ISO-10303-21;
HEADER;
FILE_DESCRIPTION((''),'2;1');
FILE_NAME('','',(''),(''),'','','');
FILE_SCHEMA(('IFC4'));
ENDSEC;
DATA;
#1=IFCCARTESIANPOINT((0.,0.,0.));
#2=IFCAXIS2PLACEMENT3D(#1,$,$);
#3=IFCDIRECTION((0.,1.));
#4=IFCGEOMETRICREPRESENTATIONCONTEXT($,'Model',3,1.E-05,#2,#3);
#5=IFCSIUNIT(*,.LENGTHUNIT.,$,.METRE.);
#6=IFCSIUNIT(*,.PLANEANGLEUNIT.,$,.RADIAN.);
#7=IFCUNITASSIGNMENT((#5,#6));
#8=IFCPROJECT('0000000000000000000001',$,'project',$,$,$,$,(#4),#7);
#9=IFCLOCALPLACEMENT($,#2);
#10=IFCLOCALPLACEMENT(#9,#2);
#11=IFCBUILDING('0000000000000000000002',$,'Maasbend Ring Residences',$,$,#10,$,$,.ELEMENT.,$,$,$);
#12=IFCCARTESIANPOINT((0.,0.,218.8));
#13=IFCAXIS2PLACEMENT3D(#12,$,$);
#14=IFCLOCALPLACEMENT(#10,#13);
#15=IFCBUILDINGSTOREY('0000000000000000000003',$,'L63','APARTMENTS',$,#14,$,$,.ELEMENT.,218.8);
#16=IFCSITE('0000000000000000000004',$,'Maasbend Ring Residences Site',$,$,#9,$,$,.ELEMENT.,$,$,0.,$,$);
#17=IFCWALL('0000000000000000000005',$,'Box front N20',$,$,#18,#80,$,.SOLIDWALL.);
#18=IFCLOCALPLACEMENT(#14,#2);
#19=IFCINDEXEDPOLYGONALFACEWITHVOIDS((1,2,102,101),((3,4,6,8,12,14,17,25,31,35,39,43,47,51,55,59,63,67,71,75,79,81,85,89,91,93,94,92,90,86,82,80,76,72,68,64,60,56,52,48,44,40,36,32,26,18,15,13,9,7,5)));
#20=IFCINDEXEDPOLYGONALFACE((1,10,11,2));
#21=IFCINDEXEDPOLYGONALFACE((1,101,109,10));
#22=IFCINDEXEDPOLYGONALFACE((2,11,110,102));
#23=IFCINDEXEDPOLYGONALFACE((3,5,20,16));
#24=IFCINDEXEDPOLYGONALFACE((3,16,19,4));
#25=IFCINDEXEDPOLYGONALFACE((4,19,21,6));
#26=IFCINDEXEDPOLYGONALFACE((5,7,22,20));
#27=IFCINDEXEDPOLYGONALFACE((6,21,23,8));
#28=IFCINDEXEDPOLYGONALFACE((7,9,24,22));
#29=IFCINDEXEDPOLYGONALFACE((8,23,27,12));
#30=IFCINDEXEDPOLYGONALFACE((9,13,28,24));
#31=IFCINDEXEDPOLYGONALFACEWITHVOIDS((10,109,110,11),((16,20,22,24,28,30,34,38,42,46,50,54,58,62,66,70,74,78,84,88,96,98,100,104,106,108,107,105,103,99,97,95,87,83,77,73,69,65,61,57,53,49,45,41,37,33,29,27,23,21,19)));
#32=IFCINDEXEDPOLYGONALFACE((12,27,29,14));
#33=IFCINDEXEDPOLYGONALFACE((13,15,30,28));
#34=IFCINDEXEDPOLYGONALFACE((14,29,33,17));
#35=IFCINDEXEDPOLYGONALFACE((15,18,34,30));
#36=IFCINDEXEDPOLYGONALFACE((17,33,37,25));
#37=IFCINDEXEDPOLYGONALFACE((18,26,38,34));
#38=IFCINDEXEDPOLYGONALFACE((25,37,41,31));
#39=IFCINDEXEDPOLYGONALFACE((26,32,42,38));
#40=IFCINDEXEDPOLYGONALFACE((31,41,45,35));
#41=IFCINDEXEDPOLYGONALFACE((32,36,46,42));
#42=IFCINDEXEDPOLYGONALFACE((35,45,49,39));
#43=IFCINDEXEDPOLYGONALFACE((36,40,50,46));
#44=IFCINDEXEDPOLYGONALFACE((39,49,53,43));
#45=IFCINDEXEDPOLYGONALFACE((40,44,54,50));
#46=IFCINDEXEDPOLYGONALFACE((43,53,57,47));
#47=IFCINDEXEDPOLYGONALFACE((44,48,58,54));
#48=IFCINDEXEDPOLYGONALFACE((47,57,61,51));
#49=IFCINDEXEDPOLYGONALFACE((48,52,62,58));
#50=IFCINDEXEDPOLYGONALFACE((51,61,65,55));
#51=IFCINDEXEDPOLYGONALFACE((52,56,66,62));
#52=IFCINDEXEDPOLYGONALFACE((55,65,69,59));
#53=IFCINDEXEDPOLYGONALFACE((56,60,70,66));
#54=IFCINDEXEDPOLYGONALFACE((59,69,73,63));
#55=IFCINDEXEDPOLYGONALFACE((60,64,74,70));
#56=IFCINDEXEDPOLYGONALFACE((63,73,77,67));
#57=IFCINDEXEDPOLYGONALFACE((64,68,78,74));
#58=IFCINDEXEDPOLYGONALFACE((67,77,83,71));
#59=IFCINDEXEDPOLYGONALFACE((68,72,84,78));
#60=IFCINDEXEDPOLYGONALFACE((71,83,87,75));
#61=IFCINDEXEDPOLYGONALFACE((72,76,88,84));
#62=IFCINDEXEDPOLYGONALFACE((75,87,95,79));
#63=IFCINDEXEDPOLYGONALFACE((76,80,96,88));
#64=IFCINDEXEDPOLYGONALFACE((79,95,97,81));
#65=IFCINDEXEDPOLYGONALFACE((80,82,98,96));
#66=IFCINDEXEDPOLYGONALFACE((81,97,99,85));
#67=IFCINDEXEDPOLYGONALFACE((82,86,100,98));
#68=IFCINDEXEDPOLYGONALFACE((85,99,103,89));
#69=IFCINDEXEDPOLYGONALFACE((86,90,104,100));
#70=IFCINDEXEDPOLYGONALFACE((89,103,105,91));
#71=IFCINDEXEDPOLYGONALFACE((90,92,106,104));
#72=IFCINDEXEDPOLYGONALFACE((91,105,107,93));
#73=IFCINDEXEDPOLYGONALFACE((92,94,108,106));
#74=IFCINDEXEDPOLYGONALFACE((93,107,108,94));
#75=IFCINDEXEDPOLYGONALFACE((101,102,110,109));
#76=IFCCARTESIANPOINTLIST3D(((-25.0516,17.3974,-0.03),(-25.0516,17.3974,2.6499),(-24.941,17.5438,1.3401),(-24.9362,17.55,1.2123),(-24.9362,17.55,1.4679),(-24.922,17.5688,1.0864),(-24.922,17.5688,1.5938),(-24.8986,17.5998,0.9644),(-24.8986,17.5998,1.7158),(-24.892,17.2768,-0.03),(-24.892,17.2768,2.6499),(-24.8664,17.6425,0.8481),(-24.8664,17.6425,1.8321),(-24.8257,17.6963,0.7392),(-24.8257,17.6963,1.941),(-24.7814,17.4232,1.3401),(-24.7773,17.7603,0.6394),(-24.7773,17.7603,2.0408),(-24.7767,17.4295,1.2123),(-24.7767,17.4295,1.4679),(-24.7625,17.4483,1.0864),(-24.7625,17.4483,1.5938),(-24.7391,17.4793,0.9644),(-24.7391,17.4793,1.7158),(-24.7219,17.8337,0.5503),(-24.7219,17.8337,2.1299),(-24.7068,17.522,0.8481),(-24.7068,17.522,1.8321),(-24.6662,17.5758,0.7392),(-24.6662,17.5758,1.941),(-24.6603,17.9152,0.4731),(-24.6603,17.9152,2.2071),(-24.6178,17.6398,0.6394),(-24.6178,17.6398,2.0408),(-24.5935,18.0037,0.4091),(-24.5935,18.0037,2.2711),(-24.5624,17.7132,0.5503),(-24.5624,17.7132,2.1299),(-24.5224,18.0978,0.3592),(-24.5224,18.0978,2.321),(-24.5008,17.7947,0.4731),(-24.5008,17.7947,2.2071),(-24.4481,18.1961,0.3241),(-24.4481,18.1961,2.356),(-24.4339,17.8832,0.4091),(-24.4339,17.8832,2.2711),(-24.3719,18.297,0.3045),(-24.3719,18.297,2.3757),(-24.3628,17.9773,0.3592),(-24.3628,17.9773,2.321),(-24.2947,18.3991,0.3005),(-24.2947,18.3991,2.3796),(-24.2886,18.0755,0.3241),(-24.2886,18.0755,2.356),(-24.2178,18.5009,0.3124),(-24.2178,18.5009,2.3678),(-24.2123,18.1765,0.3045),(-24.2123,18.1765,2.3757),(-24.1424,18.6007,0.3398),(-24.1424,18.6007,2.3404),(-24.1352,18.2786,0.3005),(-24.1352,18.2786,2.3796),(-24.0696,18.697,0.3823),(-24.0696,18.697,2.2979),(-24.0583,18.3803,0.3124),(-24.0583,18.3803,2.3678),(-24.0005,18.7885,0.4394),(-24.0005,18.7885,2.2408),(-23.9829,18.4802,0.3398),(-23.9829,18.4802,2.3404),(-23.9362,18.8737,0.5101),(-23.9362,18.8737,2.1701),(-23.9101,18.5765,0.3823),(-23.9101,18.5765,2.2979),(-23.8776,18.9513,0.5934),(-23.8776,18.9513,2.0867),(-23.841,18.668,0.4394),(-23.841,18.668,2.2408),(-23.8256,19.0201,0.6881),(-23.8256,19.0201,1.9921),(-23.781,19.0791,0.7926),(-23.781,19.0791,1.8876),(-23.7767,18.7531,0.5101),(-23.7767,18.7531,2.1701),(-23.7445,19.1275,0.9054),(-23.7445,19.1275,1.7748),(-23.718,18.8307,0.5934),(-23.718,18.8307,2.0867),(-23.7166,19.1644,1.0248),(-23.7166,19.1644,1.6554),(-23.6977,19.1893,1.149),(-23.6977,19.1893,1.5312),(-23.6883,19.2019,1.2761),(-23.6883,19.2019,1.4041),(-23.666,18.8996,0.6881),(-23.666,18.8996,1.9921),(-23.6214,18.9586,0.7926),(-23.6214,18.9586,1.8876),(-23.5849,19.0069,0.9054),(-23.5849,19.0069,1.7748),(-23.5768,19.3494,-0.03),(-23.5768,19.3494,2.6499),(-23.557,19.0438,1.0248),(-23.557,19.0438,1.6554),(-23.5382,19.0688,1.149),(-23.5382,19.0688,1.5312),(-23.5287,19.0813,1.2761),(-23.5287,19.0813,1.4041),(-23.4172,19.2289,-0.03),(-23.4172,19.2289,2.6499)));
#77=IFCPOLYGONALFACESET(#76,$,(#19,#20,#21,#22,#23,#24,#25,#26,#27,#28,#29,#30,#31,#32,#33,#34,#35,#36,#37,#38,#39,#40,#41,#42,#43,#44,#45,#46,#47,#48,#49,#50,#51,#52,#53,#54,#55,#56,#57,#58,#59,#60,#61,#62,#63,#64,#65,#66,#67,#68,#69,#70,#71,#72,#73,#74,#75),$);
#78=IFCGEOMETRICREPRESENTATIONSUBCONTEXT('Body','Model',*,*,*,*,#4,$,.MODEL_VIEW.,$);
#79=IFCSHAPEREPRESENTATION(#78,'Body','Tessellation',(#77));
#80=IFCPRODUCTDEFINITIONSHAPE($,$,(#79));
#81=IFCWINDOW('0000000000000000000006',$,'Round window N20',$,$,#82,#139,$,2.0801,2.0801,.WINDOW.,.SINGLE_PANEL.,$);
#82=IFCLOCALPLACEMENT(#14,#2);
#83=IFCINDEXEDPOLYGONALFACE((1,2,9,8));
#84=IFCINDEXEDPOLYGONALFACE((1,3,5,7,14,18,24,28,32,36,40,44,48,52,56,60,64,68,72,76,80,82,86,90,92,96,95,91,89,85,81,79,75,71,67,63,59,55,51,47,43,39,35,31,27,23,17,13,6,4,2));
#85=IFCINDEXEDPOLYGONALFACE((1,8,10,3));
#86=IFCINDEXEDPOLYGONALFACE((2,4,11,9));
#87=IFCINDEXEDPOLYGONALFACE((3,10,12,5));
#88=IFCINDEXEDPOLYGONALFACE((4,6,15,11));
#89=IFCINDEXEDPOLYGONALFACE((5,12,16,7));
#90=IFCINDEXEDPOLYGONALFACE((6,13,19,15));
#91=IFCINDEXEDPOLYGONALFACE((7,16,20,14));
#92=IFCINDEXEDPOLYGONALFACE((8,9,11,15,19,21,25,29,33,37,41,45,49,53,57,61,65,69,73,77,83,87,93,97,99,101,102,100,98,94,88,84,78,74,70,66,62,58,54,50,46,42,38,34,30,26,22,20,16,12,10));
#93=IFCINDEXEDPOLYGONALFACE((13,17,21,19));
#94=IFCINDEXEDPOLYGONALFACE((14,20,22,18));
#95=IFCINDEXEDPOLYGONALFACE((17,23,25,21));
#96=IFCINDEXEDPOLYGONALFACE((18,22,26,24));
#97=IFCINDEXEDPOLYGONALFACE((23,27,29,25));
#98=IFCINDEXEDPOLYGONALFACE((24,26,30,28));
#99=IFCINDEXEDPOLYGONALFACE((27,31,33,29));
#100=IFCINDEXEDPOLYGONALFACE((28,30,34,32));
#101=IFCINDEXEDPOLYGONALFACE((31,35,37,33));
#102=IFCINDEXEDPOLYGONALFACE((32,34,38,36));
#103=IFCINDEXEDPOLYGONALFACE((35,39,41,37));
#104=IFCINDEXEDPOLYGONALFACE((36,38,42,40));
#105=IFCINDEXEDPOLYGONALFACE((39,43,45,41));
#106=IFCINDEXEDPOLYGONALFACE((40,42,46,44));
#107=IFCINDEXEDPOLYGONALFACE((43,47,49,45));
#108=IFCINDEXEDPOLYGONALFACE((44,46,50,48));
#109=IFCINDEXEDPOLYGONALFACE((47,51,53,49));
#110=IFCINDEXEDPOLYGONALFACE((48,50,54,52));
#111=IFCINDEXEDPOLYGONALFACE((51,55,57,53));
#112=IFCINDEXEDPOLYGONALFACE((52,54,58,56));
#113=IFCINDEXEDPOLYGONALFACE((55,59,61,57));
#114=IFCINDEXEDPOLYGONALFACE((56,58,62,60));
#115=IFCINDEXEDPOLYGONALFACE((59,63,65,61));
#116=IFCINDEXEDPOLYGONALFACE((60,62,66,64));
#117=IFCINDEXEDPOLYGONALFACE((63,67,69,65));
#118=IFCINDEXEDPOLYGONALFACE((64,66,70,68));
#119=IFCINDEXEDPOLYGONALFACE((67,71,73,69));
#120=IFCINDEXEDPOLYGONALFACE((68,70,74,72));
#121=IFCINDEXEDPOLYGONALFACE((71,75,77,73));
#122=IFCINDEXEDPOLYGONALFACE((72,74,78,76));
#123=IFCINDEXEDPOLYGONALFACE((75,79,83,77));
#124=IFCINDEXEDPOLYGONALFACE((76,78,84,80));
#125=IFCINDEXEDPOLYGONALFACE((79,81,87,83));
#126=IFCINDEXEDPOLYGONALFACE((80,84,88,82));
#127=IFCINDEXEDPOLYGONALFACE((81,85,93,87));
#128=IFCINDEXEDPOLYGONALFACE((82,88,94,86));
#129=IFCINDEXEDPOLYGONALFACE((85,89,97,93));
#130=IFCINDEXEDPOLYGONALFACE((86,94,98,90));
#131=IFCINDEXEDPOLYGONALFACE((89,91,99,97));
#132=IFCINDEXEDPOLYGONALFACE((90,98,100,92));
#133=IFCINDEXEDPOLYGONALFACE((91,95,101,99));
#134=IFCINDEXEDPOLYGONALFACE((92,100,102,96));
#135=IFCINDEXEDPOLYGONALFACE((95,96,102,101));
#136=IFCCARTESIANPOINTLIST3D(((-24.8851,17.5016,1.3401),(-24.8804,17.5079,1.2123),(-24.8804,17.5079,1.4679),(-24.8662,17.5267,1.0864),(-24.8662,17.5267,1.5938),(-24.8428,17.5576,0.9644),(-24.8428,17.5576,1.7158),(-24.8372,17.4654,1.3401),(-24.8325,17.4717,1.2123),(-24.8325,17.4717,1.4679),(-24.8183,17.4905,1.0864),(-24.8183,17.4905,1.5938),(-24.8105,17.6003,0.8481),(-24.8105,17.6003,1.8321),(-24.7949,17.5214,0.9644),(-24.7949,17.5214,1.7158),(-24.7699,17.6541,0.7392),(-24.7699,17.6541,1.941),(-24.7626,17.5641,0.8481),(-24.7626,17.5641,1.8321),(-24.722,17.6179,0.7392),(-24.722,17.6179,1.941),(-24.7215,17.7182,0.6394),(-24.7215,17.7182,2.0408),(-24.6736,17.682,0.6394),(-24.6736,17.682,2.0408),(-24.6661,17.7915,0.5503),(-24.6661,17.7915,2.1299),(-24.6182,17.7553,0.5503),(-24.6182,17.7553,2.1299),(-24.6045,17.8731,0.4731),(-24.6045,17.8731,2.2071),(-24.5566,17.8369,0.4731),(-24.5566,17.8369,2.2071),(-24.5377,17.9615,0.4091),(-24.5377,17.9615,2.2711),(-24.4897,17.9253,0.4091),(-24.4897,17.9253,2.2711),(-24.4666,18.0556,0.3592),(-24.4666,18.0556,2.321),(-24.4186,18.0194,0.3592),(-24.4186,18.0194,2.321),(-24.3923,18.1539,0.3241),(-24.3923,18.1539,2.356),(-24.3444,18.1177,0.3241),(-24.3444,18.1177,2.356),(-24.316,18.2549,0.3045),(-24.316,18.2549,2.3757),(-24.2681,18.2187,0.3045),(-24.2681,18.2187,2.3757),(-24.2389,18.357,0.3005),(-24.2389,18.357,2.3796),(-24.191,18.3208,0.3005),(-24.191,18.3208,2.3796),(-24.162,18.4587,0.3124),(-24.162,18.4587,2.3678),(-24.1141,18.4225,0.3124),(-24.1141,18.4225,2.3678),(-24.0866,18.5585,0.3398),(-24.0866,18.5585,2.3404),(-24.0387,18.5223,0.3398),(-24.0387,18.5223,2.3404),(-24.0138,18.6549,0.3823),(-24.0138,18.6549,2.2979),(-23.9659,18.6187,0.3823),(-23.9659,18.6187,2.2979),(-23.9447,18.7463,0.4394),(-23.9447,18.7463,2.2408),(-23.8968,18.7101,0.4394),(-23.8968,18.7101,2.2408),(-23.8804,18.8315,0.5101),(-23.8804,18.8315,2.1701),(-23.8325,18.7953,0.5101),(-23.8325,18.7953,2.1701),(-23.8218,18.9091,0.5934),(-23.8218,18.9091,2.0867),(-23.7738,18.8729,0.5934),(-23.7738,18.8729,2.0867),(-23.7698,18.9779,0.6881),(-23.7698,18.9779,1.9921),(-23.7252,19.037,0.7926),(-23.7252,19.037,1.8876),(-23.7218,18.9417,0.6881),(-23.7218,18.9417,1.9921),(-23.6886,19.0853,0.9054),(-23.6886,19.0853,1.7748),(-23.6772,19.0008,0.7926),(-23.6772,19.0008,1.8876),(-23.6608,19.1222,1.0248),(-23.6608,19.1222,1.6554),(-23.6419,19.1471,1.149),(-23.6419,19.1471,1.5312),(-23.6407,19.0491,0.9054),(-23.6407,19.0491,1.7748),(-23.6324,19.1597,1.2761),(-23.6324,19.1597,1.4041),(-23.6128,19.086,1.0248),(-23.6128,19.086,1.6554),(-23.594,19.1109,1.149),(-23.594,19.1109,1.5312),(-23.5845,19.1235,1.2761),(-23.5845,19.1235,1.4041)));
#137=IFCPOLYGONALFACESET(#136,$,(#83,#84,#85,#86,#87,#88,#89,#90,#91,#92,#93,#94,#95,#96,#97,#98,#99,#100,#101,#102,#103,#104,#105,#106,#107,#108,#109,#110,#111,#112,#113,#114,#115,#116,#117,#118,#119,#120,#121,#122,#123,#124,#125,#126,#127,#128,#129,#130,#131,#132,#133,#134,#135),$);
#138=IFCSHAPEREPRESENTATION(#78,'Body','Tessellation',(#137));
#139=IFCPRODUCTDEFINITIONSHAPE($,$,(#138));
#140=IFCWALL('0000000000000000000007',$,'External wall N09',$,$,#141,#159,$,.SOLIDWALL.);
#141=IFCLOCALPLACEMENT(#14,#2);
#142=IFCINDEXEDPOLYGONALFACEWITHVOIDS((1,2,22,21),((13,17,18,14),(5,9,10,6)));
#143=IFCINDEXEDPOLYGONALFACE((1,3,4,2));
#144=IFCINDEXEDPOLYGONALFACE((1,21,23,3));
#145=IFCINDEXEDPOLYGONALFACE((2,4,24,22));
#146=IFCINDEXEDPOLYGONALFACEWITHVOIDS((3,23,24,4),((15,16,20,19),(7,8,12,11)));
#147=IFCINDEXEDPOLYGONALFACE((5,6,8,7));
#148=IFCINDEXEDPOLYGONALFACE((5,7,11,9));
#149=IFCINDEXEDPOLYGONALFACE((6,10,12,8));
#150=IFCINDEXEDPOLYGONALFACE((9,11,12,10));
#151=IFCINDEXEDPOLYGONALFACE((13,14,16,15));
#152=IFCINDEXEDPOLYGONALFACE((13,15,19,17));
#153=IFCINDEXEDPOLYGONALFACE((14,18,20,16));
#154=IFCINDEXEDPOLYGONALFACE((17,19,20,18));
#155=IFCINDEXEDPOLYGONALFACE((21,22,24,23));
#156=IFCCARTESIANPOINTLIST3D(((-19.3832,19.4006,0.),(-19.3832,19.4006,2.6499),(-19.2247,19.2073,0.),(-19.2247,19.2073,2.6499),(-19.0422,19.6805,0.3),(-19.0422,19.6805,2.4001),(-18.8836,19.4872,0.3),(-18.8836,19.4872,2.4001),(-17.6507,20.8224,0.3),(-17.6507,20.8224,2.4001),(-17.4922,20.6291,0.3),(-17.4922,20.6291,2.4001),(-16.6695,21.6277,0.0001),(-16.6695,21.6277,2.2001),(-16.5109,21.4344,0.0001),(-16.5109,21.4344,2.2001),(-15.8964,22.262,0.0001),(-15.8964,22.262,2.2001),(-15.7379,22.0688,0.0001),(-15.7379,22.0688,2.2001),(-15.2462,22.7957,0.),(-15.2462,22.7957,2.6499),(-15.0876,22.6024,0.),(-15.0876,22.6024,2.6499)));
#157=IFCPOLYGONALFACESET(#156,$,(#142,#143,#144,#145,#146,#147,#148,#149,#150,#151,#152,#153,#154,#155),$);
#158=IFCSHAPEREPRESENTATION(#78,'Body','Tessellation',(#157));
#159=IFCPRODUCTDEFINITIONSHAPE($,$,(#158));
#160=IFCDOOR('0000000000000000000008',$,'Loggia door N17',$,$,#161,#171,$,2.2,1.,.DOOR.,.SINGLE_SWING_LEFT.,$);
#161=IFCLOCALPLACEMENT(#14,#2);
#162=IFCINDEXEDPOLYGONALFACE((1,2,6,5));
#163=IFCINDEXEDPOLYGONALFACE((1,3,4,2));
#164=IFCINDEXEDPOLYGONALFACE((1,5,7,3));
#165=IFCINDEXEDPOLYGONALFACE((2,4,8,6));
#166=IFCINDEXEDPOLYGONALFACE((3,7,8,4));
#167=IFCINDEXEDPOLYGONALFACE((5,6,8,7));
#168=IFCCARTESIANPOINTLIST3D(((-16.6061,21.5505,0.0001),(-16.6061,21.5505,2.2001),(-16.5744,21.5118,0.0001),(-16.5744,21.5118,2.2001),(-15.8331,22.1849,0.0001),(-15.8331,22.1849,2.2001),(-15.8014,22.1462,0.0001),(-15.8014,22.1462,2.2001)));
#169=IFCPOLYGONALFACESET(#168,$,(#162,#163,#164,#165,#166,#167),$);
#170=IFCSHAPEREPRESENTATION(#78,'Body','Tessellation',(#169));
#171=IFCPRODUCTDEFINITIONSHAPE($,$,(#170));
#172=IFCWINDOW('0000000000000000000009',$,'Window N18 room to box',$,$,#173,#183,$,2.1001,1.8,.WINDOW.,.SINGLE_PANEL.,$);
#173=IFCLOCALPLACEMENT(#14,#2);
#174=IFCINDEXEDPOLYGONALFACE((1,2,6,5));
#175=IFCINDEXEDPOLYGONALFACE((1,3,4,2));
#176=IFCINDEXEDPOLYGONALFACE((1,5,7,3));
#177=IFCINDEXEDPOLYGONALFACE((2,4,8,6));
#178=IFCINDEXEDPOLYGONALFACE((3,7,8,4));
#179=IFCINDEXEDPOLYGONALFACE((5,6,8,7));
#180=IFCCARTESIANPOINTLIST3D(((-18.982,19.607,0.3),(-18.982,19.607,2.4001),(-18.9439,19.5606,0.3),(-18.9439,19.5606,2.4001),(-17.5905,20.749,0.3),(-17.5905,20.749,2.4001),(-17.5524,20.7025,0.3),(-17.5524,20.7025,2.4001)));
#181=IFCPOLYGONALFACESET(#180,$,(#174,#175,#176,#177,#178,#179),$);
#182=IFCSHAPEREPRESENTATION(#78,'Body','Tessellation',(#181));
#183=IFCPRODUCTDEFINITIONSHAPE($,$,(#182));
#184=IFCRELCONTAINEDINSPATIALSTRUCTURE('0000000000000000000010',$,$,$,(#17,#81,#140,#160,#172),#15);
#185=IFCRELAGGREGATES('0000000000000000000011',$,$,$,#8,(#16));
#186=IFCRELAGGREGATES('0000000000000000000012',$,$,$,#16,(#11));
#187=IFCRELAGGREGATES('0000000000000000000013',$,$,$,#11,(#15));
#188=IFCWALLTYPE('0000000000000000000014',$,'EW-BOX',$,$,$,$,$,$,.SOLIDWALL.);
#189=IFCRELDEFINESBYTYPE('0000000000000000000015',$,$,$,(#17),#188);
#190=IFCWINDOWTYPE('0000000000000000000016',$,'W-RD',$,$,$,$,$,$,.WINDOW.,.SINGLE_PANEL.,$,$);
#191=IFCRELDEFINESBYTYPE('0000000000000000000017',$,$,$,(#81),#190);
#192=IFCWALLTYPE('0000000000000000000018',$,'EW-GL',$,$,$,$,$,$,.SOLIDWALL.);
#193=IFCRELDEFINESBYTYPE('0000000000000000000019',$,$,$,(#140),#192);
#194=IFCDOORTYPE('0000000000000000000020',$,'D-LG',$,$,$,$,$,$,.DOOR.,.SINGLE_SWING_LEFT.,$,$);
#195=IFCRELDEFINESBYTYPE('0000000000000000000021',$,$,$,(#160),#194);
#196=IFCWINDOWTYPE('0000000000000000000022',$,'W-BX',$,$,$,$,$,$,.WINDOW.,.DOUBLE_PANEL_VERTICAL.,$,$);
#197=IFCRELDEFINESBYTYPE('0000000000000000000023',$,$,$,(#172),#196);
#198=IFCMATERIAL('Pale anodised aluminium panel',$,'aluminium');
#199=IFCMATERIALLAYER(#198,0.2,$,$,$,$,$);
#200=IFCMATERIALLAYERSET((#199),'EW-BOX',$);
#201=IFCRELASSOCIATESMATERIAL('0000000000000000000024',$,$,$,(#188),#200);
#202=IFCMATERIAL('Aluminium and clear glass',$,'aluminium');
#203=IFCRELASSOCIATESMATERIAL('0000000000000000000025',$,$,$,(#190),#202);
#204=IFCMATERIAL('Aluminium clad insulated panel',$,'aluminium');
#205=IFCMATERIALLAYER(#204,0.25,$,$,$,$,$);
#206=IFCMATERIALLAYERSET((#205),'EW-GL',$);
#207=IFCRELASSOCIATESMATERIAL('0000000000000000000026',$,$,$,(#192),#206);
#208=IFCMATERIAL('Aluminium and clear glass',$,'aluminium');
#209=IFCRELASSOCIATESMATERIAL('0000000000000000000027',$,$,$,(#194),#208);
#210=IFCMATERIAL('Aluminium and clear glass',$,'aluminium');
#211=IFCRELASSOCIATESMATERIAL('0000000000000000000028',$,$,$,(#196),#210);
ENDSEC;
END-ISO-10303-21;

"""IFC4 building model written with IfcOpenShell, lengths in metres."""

from ifc_helpers import new_model, si_unit, direction, frame, frame_2d, origin, place, context, subcontext, project, spatial, rectangle, circle, extrude, material, layer, layer_set, type_object, element, fill, save


model = new_model("IFC4")

# Units and contexts
model_context = context("Model", 3, precision=1e-05, world=origin(), true_north=direction((0.0, 1.0)))
body_context = subcontext(model_context, "Body", "Model", "MODEL_VIEW")
ifc_project = project(units=[si_unit("LENGTHUNIT", "METRE"), si_unit("PLANEANGLEUNIT", "RADIAN")], contexts=[model_context])

# Site, building, storey
site_placement = place(None, origin())
site = spatial("IfcSite", under=ifc_project, at=site_placement, Name="Maasbend Ring Residences Site", CompositionType="ELEMENT", RefElevation=0.0)
building_placement = place(site_placement, origin())
building = spatial("IfcBuilding", under=site, at=building_placement, Name="Maasbend Ring Residences", CompositionType="ELEMENT")
storey_placement = place(building_placement, frame((0.0, 0.0, 218.8)))
storey = spatial("IfcBuildingStorey", under=building, at=storey_placement, Name="L63", Description="APARTMENTS", CompositionType="ELEMENT", Elevation=218.8)

# Shared definitions
ifc_material_1 = material(Name="Pale anodised aluminium panel", Category="aluminium")
ifc_layer_1 = layer(ifc_material_1, 0.2)
ifc_layer_set_1 = layer_set([ifc_layer_1], Name="EW-BOX")
wall_type_1 = type_object("IfcWallType", Name="EW-BOX", PredefinedType="SOLIDWALL", material=ifc_layer_set_1)
ifc_material_2 = material(Name="Aluminium and clear glass", Category="aluminium")
window_type_1 = type_object("IfcWindowType", Name="W-RD", PartitioningType="SINGLE_PANEL", PredefinedType="WINDOW", material=ifc_material_2)

# Wall, opening, window
wall_1_placement = place(storey_placement, frame((-23.4971, 19.2891, -0.03), z_axis=(0.0, 0.0, 1.0), x_axis=(-0.602806, -0.797888, 0.0)))
wall_1 = element("IfcWall", 1, at=wall_1_placement, inside=storey, type_object=wall_type_1, Name="Box front N20", PredefinedType="SOLIDWALL", context=body_context, shape_type="SweptSolid", body=[
    extrude(rectangle(XDim=2.4465, YDim=0.2, at=frame_2d((1.2231, 0.0))), origin(), (0.0, 0.0, 1.0), 2.6799),
])
opening_1_placement = place(wall_1_placement, frame((0.1829, 0.0, 0.3301)))
opening_1 = element("IfcOpeningElement", 2, at=opening_1_placement, cuts=wall_1, PredefinedType="OPENING", context=body_context, shape_type="SweptSolid", body=[
    extrude(circle(Radius=1.04, at=frame_2d((1.04, 1.04))), frame((0.0, 0.1099, 0.0), z_axis=(0.0, -1.0, 0.0), x_axis=(1.0, 0.0, 0.0)), (0.0, 0.0, 1.0), 0.22),
])
window_1_placement = place(opening_1_placement, origin())
window_1 = element("IfcWindow", 3, at=window_1_placement, inside=storey, type_object=window_type_1, Name="Round window N20", OverallHeight=2.0801, OverallWidth=2.0801, PartitioningType="SINGLE_PANEL", PredefinedType="WINDOW", context=body_context, shape_type="SweptSolid", body=[
    extrude(circle(Radius=1.04, at=frame_2d((1.04, 1.04))), frame((0.0, 0.03, 0.0), z_axis=(0.0, -1.0, 0.0), x_axis=(1.0, 0.0, 0.0)), (0.0, 0.0, 1.0), 0.0601),
])
fill(opening_1, window_1)

# Wall, openings, door, window
ifc_material_3 = material(Name="Aluminium clad insulated panel", Category="aluminium")
ifc_layer_2 = layer(ifc_material_3, 0.25)
ifc_layer_set_2 = layer_set([ifc_layer_2], Name="EW-GL")
wall_type_2 = type_object("IfcWallType", Name="EW-GL", PredefinedType="SOLIDWALL", material=ifc_layer_set_2)
wall_2_placement = place(storey_placement, frame((-15.167, 22.699, 0.0), z_axis=(0.0, 0.0, 1.0), x_axis=(-0.773019, -0.634382, 0.0)))
wall_2 = element("IfcWall", 4, at=wall_2_placement, inside=storey, type_object=wall_type_2, Name="External wall N09", PredefinedType="SOLIDWALL", context=body_context, shape_type="SweptSolid", body=[
    extrude(rectangle(XDim=5.3518, YDim=0.25, at=frame_2d((2.6758, 0.0))), origin(), (0.0, 0.0, 1.0), 2.6499),
])
opening_2_placement = place(wall_2_placement, frame((0.8411, 0.0, 0.0)))
opening_2 = element("IfcOpeningElement", 5, at=opening_2_placement, cuts=wall_2, PredefinedType="OPENING", context=body_context, shape_type="SweptSolid", body=[
    extrude(rectangle(XDim=1.0, YDim=2.2, at=frame_2d((0.5, 1.1001))), frame((0.0, 0.135, 0.0), z_axis=(0.0, -1.0, 0.0), x_axis=(1.0, 0.0, 0.0)), (0.0, 0.0, 1.0), 0.27),
])
opening_3_placement = place(wall_2_placement, frame((3.1106, 0.0, 0.3)))
opening_3 = element("IfcOpeningElement", 6, at=opening_3_placement, cuts=wall_2, PredefinedType="OPENING", context=body_context, shape_type="SweptSolid", body=[
    extrude(rectangle(XDim=1.8, YDim=2.1001, at=frame_2d((0.8999, 1.05))), frame((0.0, 0.135, 0.0), z_axis=(0.0, -1.0, 0.0), x_axis=(1.0, 0.0, 0.0)), (0.0, 0.0, 1.0), 0.27),
])
ifc_material_4 = material(Name="Aluminium and clear glass", Category="aluminium")
door_type = type_object("IfcDoorType", Name="D-LG", OperationType="SINGLE_SWING_LEFT", PredefinedType="DOOR", material=ifc_material_4)
door_1_placement = place(opening_2_placement, origin())
door_1 = element("IfcDoor", 7, at=door_1_placement, inside=storey, type_object=door_type, Name="Loggia door N17", OperationType="SINGLE_SWING_LEFT", OverallHeight=2.2, OverallWidth=1.0, PredefinedType="DOOR", context=body_context, shape_type="SweptSolid", body=[
    extrude(rectangle(XDim=1.0, YDim=2.2, at=frame_2d((0.5, 1.1001))), frame((0.0, 0.0249, 0.0), z_axis=(0.0, -1.0, 0.0), x_axis=(1.0, 0.0, 0.0)), (0.0, 0.0, 1.0), 0.05),
])
fill(opening_2, door_1)
ifc_material_5 = material(Name="Aluminium and clear glass", Category="aluminium")
window_type_2 = type_object("IfcWindowType", Name="W-BX", PartitioningType="DOUBLE_PANEL_VERTICAL", PredefinedType="WINDOW", material=ifc_material_5)
window_2_placement = place(opening_3_placement, origin())
window_2 = element("IfcWindow", 8, at=window_2_placement, inside=storey, type_object=window_type_2, Name="Window N18 room to box", OverallHeight=2.1001, OverallWidth=1.8, PartitioningType="SINGLE_PANEL", PredefinedType="WINDOW", context=body_context, shape_type="SweptSolid", body=[
    extrude(rectangle(XDim=1.8, YDim=2.1001, at=frame_2d((0.8999, 1.05))), frame((0.0, 0.03, 0.0), z_axis=(0.0, -1.0, 0.0), x_axis=(1.0, 0.0, 0.0)), (0.0, 0.0, 1.0), 0.0601),
])
fill(opening_3, window_2)

save(model, "model.ifc")
